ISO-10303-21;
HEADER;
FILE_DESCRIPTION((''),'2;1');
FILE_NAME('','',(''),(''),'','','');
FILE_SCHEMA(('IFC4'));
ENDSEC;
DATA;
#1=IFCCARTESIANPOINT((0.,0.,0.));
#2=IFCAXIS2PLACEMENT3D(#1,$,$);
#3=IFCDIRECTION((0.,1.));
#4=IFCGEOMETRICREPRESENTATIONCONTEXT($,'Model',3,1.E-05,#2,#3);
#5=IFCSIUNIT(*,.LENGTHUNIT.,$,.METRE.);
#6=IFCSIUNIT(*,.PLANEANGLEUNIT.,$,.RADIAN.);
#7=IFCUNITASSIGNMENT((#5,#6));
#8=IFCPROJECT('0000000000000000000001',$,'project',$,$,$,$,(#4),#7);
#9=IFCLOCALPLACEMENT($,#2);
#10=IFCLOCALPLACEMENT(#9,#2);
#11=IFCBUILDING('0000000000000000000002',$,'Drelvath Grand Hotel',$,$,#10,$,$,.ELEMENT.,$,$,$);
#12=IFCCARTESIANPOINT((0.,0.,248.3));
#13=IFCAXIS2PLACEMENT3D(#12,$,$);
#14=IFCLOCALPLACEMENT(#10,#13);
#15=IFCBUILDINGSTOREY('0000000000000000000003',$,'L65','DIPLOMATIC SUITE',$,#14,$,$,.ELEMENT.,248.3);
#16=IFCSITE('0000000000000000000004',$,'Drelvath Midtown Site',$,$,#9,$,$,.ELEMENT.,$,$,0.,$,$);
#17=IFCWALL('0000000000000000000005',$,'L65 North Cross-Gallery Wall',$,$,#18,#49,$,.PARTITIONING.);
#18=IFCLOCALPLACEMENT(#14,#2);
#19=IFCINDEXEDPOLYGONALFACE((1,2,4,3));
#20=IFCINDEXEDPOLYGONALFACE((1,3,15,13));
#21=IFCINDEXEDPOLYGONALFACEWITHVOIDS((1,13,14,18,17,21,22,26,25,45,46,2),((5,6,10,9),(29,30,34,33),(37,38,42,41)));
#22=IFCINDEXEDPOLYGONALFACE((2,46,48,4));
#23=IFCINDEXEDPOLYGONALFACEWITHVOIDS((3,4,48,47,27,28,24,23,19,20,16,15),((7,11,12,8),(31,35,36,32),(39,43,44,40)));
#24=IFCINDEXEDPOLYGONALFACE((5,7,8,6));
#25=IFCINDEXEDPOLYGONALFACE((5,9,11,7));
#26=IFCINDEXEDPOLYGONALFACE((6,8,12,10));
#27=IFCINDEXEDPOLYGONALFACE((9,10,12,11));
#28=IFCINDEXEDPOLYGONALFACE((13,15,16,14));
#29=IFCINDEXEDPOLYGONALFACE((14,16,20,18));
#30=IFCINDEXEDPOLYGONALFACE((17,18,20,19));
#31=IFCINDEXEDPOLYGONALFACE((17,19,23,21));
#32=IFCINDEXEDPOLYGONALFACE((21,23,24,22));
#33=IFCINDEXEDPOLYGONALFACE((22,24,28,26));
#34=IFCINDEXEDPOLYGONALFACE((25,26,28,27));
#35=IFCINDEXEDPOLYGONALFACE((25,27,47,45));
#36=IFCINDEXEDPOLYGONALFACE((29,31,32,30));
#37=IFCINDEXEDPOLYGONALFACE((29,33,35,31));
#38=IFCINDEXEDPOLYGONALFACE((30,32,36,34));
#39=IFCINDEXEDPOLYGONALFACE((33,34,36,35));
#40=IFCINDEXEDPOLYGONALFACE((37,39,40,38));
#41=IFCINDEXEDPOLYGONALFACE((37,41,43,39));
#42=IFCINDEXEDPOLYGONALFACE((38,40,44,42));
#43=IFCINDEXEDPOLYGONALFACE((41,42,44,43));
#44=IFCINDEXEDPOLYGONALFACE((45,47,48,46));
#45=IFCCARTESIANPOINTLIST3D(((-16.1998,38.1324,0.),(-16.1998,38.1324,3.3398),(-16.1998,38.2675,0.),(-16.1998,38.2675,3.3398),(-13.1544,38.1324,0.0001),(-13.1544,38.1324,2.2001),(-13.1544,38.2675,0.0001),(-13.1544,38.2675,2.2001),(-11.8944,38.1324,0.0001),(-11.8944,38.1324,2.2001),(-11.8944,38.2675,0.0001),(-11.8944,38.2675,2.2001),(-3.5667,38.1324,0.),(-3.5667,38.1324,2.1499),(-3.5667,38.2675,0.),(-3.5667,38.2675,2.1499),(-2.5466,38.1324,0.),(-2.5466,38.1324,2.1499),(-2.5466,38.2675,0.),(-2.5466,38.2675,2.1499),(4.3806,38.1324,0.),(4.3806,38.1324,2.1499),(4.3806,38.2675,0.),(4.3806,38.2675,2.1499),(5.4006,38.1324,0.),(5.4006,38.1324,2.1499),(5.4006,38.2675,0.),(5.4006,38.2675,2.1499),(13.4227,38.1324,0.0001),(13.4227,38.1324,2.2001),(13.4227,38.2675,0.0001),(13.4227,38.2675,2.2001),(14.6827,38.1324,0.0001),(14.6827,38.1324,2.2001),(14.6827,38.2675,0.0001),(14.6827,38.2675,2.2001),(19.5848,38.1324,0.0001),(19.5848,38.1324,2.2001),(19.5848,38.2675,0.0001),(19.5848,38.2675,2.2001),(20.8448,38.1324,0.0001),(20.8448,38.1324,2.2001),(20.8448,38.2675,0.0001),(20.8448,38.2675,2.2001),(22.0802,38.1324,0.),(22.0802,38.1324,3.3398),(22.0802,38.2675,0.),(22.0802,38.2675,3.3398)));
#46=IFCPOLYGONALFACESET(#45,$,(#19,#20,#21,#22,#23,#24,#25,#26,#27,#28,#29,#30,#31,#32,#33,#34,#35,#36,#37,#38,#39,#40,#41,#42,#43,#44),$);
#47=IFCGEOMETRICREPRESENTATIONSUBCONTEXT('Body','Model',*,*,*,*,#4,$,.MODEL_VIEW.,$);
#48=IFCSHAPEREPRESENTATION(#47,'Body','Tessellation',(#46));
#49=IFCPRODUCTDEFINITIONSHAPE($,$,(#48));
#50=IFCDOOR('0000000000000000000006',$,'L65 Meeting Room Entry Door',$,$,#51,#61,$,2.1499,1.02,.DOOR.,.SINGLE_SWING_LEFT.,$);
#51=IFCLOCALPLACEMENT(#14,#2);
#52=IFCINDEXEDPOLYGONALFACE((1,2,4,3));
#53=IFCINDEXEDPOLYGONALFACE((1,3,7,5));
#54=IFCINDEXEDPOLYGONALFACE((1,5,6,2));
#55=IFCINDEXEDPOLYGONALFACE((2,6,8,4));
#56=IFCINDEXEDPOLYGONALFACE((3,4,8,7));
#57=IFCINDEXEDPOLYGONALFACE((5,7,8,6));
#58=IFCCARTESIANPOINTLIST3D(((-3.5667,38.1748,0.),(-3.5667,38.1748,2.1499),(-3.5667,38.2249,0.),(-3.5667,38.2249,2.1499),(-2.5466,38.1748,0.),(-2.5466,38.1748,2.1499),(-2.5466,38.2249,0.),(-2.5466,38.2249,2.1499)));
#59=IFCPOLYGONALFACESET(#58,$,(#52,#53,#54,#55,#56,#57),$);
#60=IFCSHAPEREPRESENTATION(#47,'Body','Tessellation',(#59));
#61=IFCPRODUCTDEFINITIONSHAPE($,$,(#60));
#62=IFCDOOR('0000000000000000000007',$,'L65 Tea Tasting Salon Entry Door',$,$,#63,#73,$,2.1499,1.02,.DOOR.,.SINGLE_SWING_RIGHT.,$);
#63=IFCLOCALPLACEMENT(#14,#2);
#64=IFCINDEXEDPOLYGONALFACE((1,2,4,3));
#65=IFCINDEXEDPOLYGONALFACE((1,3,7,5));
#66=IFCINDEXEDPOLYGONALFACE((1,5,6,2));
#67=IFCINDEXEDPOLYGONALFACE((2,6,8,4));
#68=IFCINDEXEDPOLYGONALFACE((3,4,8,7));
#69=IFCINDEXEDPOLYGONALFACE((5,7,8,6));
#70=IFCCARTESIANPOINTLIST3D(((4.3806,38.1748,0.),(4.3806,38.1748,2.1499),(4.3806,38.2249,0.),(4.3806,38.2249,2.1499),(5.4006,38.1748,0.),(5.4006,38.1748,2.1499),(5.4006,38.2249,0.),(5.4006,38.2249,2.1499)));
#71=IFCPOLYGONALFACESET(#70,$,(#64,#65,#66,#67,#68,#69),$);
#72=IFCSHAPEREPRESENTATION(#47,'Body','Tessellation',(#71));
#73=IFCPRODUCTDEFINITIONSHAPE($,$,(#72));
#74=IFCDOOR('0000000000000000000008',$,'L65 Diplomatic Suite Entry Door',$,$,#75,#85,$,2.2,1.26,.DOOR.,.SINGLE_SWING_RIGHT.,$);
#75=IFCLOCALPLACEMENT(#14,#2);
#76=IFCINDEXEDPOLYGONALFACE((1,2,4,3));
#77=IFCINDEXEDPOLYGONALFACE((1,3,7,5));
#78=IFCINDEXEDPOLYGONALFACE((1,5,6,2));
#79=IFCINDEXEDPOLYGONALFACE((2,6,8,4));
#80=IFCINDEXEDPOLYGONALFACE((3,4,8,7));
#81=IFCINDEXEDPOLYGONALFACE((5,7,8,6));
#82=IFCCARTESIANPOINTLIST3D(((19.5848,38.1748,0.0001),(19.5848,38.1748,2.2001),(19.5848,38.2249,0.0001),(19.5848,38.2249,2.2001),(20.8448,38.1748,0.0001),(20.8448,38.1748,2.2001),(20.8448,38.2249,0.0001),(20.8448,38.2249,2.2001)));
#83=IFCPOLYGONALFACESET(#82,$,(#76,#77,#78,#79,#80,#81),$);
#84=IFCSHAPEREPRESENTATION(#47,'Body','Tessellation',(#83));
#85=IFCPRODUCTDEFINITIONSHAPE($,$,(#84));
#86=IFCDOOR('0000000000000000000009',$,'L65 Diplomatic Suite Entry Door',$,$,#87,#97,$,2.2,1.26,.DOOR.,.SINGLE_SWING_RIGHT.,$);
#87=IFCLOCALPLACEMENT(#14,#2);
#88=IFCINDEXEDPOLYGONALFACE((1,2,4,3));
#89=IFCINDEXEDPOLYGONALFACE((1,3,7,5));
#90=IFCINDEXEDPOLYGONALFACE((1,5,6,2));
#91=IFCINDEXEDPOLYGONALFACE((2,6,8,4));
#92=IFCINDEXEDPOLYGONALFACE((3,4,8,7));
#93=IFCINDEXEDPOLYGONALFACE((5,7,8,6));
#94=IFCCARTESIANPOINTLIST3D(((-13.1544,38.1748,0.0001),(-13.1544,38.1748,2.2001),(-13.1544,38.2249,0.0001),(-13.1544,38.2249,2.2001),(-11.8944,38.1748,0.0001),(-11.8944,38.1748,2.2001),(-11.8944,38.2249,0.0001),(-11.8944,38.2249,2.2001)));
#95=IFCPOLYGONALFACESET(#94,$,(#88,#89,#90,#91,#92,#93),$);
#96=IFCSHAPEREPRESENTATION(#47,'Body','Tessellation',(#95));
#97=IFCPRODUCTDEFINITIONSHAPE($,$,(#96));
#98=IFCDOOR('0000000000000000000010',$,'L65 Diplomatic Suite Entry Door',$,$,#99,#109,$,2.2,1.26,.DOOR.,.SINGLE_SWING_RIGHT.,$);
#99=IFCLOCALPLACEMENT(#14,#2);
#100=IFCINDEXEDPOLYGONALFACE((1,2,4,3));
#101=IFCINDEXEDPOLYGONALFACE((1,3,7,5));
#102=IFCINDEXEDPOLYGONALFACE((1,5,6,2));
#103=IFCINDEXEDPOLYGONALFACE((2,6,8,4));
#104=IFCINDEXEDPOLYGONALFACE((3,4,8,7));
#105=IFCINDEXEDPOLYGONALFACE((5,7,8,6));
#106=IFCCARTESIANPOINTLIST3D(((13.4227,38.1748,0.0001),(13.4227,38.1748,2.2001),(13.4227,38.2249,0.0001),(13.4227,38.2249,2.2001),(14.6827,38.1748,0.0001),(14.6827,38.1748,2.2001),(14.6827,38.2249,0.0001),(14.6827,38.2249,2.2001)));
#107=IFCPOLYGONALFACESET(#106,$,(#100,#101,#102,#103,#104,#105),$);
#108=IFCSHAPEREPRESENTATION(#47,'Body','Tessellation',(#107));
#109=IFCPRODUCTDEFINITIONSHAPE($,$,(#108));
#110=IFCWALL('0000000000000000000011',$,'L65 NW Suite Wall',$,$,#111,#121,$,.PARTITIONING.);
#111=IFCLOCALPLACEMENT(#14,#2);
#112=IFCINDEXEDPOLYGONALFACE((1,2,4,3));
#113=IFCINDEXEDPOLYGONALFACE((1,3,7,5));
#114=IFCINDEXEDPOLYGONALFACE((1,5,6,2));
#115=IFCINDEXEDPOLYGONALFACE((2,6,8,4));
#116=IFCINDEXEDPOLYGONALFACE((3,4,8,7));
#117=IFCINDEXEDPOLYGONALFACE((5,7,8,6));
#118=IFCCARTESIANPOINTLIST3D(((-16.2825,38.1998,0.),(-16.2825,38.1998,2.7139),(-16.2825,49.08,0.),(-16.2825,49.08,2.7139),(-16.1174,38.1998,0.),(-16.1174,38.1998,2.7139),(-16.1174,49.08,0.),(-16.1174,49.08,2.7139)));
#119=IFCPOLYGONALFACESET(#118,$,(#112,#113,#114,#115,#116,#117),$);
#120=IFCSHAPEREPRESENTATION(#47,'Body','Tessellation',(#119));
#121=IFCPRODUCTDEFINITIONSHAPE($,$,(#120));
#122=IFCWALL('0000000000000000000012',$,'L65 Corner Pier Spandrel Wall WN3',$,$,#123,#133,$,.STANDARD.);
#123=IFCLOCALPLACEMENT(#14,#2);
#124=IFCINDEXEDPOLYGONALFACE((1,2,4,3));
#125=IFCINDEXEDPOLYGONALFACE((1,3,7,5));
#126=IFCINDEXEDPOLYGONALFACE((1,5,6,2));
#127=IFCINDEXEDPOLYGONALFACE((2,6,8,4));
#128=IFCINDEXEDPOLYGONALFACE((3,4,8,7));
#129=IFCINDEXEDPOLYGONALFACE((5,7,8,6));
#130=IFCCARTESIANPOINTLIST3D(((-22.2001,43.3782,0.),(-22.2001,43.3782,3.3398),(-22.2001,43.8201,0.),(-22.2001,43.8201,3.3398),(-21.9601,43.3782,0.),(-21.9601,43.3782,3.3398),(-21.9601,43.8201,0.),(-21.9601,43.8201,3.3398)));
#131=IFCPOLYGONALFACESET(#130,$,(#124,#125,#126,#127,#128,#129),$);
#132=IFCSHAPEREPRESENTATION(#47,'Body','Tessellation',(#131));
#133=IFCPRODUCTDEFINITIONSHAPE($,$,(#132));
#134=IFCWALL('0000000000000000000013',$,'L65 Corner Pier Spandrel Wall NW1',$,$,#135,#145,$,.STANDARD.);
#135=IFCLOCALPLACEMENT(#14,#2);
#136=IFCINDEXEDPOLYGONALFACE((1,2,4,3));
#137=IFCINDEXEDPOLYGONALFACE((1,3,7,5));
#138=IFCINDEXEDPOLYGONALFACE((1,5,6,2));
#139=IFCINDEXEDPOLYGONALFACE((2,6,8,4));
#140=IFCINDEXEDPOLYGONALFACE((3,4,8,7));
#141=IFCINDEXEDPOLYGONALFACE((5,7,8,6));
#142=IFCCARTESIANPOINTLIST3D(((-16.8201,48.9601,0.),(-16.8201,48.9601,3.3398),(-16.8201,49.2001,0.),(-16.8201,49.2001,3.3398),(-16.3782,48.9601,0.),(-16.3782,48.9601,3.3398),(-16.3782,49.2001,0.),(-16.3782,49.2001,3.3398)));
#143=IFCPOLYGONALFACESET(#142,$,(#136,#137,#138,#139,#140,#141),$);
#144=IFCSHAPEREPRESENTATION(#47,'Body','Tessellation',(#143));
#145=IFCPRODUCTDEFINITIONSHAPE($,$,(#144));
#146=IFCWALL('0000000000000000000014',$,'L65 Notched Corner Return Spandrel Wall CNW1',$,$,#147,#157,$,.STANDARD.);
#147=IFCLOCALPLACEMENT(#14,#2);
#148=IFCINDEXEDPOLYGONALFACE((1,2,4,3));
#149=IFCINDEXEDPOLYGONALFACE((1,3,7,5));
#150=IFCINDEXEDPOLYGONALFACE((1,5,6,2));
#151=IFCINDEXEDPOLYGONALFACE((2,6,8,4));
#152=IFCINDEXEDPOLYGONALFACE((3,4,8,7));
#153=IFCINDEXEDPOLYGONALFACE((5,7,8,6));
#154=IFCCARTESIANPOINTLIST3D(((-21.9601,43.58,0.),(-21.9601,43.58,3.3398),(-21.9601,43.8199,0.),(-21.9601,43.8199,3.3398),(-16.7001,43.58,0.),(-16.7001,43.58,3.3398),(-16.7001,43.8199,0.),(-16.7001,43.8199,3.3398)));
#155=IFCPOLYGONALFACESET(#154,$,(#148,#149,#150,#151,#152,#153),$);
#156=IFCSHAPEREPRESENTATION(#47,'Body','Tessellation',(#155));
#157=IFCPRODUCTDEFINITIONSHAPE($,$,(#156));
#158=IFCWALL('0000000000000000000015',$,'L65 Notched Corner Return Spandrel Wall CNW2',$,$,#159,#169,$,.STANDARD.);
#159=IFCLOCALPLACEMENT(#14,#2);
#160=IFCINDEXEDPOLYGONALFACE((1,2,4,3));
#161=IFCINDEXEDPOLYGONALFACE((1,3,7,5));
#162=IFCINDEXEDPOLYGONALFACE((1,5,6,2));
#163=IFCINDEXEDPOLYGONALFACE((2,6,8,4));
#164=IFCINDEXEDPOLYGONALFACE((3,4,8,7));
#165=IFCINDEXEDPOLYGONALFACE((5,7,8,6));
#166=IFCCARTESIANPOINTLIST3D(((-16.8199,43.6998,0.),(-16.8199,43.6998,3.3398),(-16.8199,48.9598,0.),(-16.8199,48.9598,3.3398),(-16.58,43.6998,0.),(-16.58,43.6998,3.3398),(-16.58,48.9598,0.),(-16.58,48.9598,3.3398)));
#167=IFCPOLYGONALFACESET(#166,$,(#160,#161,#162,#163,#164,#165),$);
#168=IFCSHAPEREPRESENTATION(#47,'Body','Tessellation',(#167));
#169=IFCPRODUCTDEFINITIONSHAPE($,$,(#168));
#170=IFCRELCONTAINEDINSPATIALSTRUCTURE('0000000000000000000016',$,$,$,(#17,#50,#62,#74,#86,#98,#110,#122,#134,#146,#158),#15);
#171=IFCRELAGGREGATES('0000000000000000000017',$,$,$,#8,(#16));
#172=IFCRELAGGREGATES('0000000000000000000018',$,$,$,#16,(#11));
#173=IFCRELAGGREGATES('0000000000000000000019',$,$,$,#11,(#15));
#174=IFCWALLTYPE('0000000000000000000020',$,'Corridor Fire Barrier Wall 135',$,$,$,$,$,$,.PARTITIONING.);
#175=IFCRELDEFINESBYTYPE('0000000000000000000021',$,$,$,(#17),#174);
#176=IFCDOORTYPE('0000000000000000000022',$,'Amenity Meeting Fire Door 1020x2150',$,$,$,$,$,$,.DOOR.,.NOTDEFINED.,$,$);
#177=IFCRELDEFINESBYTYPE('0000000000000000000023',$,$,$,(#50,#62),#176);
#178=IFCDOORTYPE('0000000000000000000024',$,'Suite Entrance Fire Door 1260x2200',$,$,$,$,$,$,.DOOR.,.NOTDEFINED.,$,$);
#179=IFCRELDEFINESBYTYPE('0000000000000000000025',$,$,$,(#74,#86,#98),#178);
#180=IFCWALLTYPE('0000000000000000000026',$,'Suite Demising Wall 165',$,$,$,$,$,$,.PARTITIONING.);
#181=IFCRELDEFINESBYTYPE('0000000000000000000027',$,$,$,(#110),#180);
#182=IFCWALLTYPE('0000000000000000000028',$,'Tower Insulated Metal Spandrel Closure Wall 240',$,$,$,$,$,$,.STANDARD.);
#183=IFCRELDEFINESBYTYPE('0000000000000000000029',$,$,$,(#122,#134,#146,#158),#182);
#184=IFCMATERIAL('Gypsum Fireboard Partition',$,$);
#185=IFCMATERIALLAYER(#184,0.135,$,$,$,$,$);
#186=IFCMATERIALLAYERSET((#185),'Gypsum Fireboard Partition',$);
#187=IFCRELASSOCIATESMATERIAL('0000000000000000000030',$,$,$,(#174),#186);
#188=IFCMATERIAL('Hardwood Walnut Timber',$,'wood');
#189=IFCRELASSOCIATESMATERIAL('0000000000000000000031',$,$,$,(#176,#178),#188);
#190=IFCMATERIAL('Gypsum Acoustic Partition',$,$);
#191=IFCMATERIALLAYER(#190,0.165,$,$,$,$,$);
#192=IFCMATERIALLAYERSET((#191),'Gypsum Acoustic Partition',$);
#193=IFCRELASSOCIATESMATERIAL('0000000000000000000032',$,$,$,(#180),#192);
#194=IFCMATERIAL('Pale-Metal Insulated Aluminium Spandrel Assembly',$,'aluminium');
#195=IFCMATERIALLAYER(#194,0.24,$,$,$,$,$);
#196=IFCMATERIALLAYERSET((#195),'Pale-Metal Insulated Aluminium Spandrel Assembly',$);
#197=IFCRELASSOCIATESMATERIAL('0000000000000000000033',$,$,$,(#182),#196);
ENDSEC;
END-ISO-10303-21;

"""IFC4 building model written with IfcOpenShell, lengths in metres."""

from ifc_helpers import new_model, si_unit, direction, frame, frame_2d, origin, place, context, subcontext, project, spatial, rectangle, extrude, material, layer, layer_set, type_object, element, fill, save


model = new_model("IFC4")

# Units and contexts
model_context = context("Model", 3, precision=1e-05, world=origin(), true_north=direction((0.0, 1.0)))
body_context = subcontext(model_context, "Body", "Model", "MODEL_VIEW")
ifc_project = project(units=[si_unit("LENGTHUNIT", "METRE"), si_unit("PLANEANGLEUNIT", "RADIAN")], contexts=[model_context])

# Site, building, storey
site_placement = place(None, origin())
site = spatial("IfcSite", under=ifc_project, at=site_placement, Name="Drelvath Midtown Site", CompositionType="ELEMENT", RefElevation=0.0)
building_placement = place(site_placement, origin())
building = spatial("IfcBuilding", under=site, at=building_placement, Name="Drelvath Grand Hotel", CompositionType="ELEMENT")
storey_placement = place(building_placement, frame((0.0, 0.0, 248.3)))
storey = spatial("IfcBuildingStorey", under=building, at=storey_placement, Name="L65", Description="DIPLOMATIC SUITE", CompositionType="ELEMENT", Elevation=248.3)

# Wall, openings, doors
ifc_material_1 = material(Name="Gypsum Fireboard Partition")
ifc_layer_1 = layer(ifc_material_1, 0.135)
ifc_layer_set_1 = layer_set([ifc_layer_1], Name="Gypsum Fireboard Partition")
wall_type_1 = type_object("IfcWallType", Name="Corridor Fire Barrier Wall 135", PredefinedType="PARTITIONING", material=ifc_layer_set_1)
wall_1_placement = place(storey_placement, frame((-16.2, 38.2, 0.0), z_axis=(0.0, 0.0, 1.0), x_axis=(1.0, 0.0, 0.0)))
wall_1 = element("IfcWall", 1, at=wall_1_placement, inside=storey, type_object=wall_type_1, Name="L65 North Cross-Gallery Wall", PredefinedType="PARTITIONING", context=body_context, shape_type="SweptSolid", body=[
    extrude(rectangle(XDim=38.28, YDim=0.135, at=frame_2d((19.1401, 0.0))), origin(), (0.0, 0.0, 1.0), 3.3398),
])
opening_1_placement = place(wall_1_placement, frame((35.7849, 0.0, 0.0)))
opening_1 = element("IfcOpeningElement", 2, at=opening_1_placement, cuts=wall_1, PredefinedType="OPENING", context=body_context, shape_type="SweptSolid", body=[
    extrude(rectangle(XDim=1.26, YDim=2.2, at=frame_2d((0.6299, 1.1001))), frame((0.0, 0.0774, 0.0), z_axis=(0.0, -1.0, 0.0), x_axis=(1.0, 0.0, 0.0)), (0.0, 0.0, 1.0), 0.155),
])
opening_2_placement = place(wall_1_placement, frame((3.0457, 0.0, 0.0)))
opening_2 = element("IfcOpeningElement", 3, at=opening_2_placement, cuts=wall_1, PredefinedType="OPENING", context=body_context, shape_type="SweptSolid", body=[
    extrude(rectangle(XDim=1.26, YDim=2.2, at=frame_2d((0.6299, 1.1001))), frame((0.0, 0.0774, 0.0), z_axis=(0.0, -1.0, 0.0), x_axis=(1.0, 0.0, 0.0)), (0.0, 0.0, 1.0), 0.155),
])
opening_3_placement = place(wall_1_placement, frame((12.6333, 0.0, 0.0)))
opening_3 = element("IfcOpeningElement", 4, at=opening_3_placement, cuts=wall_1, PredefinedType="OPENING", context=body_context, shape_type="SweptSolid", body=[
    extrude(rectangle(XDim=1.02, YDim=2.1499, at=frame_2d((0.51, 1.075))), frame((0.0, 0.0774, 0.0), z_axis=(0.0, -1.0, 0.0), x_axis=(1.0, 0.0, 0.0)), (0.0, 0.0, 1.0), 0.155),
])
opening_4_placement = place(wall_1_placement, frame((20.5806, 0.0, 0.0)))
opening_4 = element("IfcOpeningElement", 5, at=opening_4_placement, cuts=wall_1, PredefinedType="OPENING", context=body_context, shape_type="SweptSolid", body=[
    extrude(rectangle(XDim=1.02, YDim=2.1499, at=frame_2d((0.51, 1.075))), frame((0.0, 0.0774, 0.0), z_axis=(0.0, -1.0, 0.0), x_axis=(1.0, 0.0, 0.0)), (0.0, 0.0, 1.0), 0.155),
])
opening_5_placement = place(wall_1_placement, frame((29.6228, 0.0, 0.0)))
opening_5 = element("IfcOpeningElement", 6, at=opening_5_placement, cuts=wall_1, PredefinedType="OPENING", context=body_context, shape_type="SweptSolid", body=[
    extrude(rectangle(XDim=1.26, YDim=2.2, at=frame_2d((0.6299, 1.1001))), frame((0.0, 0.0774, 0.0), z_axis=(0.0, -1.0, 0.0), x_axis=(1.0, 0.0, 0.0)), (0.0, 0.0, 1.0), 0.155),
])
ifc_material_2 = material(Name="Hardwood Walnut Timber", Category="wood")
door_type_1 = type_object("IfcDoorType", Name="Amenity Meeting Fire Door 1020x2150", OperationType="NOTDEFINED", PredefinedType="DOOR", material=ifc_material_2)
door_1_placement = place(opening_3_placement, origin())
door_1 = element("IfcDoor", 7, at=door_1_placement, inside=storey, type_object=door_type_1, Name="L65 Meeting Room Entry Door", OperationType="SINGLE_SWING_LEFT", OverallHeight=2.1499, OverallWidth=1.02, PredefinedType="DOOR", context=body_context, shape_type="SweptSolid", body=[
    extrude(rectangle(XDim=1.02, YDim=2.1499, at=frame_2d((0.51, 1.075))), frame((0.0, 0.0249, 0.0), z_axis=(0.0, -1.0, 0.0), x_axis=(1.0, 0.0, 0.0)), (0.0, 0.0, 1.0), 0.05),
])
fill(opening_3, door_1)
door_2_placement = place(opening_4_placement, origin())
door_2 = element("IfcDoor", 8, at=door_2_placement, inside=storey, type_object=door_type_1, Name="L65 Tea Tasting Salon Entry Door", OperationType="SINGLE_SWING_RIGHT", OverallHeight=2.1499, OverallWidth=1.02, PredefinedType="DOOR", context=body_context, shape_type="SweptSolid", body=[
    extrude(rectangle(XDim=1.02, YDim=2.1499, at=frame_2d((0.51, 1.075))), frame((0.0, 0.0249, 0.0), z_axis=(0.0, -1.0, 0.0), x_axis=(1.0, 0.0, 0.0)), (0.0, 0.0, 1.0), 0.05),
])
fill(opening_4, door_2)
door_type_2 = type_object("IfcDoorType", Name="Suite Entrance Fire Door 1260x2200", OperationType="NOTDEFINED", PredefinedType="DOOR", material=ifc_material_2)
door_3_placement = place(opening_1_placement, origin())
door_3 = element("IfcDoor", 9, at=door_3_placement, inside=storey, type_object=door_type_2, Name="L65 Diplomatic Suite Entry Door", OperationType="SINGLE_SWING_RIGHT", OverallHeight=2.2, OverallWidth=1.26, PredefinedType="DOOR", context=body_context, shape_type="SweptSolid", body=[
    extrude(rectangle(XDim=1.26, YDim=2.2, at=frame_2d((0.6299, 1.1001))), frame((0.0, 0.0249, 0.0), z_axis=(0.0, -1.0, 0.0), x_axis=(1.0, 0.0, 0.0)), (0.0, 0.0, 1.0), 0.05),
])
fill(opening_1, door_3)
door_4_placement = place(opening_2_placement, origin())
door_4 = element("IfcDoor", 10, at=door_4_placement, inside=storey, type_object=door_type_2, Name="L65 Diplomatic Suite Entry Door", OperationType="SINGLE_SWING_RIGHT", OverallHeight=2.2, OverallWidth=1.26, PredefinedType="DOOR", context=body_context, shape_type="SweptSolid", body=[
    extrude(rectangle(XDim=1.26, YDim=2.2, at=frame_2d((0.6299, 1.1001))), frame((0.0, 0.0249, 0.0), z_axis=(0.0, -1.0, 0.0), x_axis=(1.0, 0.0, 0.0)), (0.0, 0.0, 1.0), 0.05),
])
fill(opening_2, door_4)
door_5_placement = place(opening_5_placement, origin())
door_5 = element("IfcDoor", 11, at=door_5_placement, inside=storey, type_object=door_type_2, Name="L65 Diplomatic Suite Entry Door", OperationType="SINGLE_SWING_RIGHT", OverallHeight=2.2, OverallWidth=1.26, PredefinedType="DOOR", context=body_context, shape_type="SweptSolid", body=[
    extrude(rectangle(XDim=1.26, YDim=2.2, at=frame_2d((0.6299, 1.1001))), frame((0.0, 0.0249, 0.0), z_axis=(0.0, -1.0, 0.0), x_axis=(1.0, 0.0, 0.0)), (0.0, 0.0, 1.0), 0.05),
])
fill(opening_5, door_5)

# Walls
ifc_material_3 = material(Name="Gypsum Acoustic Partition")
ifc_layer_2 = layer(ifc_material_3, 0.165)
ifc_layer_set_2 = layer_set([ifc_layer_2], Name="Gypsum Acoustic Partition")
wall_type_2 = type_object("IfcWallType", Name="Suite Demising Wall 165", PredefinedType="PARTITIONING", material=ifc_layer_set_2)
wall_2_placement = place(storey_placement, frame((-16.2, 38.2, 0.0), z_axis=(0.0, 0.0, 1.0), x_axis=(0.0, 1.0, 0.0)))
element("IfcWall", 12, at=wall_2_placement, inside=storey, type_object=wall_type_2, Name="L65 NW Suite Wall", PredefinedType="PARTITIONING", context=body_context, shape_type="SweptSolid", body=[
    extrude(rectangle(XDim=10.8801, YDim=0.165, at=frame_2d((5.4399, 0.0))), origin(), (0.0, 0.0, 1.0), 2.7139),
])
ifc_material_4 = material(Name="Pale-Metal Insulated Aluminium Spandrel Assembly", Category="aluminium")
ifc_layer_3 = layer(ifc_material_4, 0.24)
ifc_layer_set_3 = layer_set([ifc_layer_3], Name="Pale-Metal Insulated Aluminium Spandrel Assembly")
wall_type_3 = type_object("IfcWallType", Name="Tower Insulated Metal Spandrel Closure Wall 240", PredefinedType="STANDARD", material=ifc_layer_set_3)
for number, where, z_axis, x_axis, name in (
    (13, (-22.0801, 43.3782, 0.0), (0.0, 0.0, 1.0), (0.0, 1.0, 0.0), "L65 Corner Pier Spandrel Wall WN3"),
    (14, (-16.8201, 49.0801, 0.0), (0.0, 0.0, 1.0), (1.0, 0.0, 0.0), "L65 Corner Pier Spandrel Wall NW1"),
):
    element("IfcWall", number, at=place(storey_placement, frame(where, z_axis=z_axis, x_axis=x_axis)), inside=storey, type_object=wall_type_3, Name=name, PredefinedType="STANDARD", context=body_context, shape_type="SweptSolid", body=[
        extrude(rectangle(XDim=0.4419, YDim=0.24, at=frame_2d((0.2209, 0.0))), origin(), (0.0, 0.0, 1.0), 3.3398),
    ])
for number, where, z_axis, x_axis, name in (
    (15, (-21.96, 43.7, 0.0), (0.0, 0.0, 1.0), (1.0, 0.0, 0.0), "L65 Notched Corner Return Spandrel Wall CNW1"),
    (16, (-16.7, 43.7, 0.0), (0.0, 0.0, 1.0), (0.0, 1.0, 0.0), "L65 Notched Corner Return Spandrel Wall CNW2"),
):
    element("IfcWall", number, at=place(storey_placement, frame(where, z_axis=z_axis, x_axis=x_axis)), inside=storey, type_object=wall_type_3, Name=name, PredefinedType="STANDARD", context=body_context, shape_type="SweptSolid", body=[
        extrude(rectangle(XDim=5.26, YDim=0.24, at=frame_2d((2.6299, 0.0))), origin(), (0.0, 0.0, 1.0), 3.3398),
    ])

save(model, "model.ifc")
